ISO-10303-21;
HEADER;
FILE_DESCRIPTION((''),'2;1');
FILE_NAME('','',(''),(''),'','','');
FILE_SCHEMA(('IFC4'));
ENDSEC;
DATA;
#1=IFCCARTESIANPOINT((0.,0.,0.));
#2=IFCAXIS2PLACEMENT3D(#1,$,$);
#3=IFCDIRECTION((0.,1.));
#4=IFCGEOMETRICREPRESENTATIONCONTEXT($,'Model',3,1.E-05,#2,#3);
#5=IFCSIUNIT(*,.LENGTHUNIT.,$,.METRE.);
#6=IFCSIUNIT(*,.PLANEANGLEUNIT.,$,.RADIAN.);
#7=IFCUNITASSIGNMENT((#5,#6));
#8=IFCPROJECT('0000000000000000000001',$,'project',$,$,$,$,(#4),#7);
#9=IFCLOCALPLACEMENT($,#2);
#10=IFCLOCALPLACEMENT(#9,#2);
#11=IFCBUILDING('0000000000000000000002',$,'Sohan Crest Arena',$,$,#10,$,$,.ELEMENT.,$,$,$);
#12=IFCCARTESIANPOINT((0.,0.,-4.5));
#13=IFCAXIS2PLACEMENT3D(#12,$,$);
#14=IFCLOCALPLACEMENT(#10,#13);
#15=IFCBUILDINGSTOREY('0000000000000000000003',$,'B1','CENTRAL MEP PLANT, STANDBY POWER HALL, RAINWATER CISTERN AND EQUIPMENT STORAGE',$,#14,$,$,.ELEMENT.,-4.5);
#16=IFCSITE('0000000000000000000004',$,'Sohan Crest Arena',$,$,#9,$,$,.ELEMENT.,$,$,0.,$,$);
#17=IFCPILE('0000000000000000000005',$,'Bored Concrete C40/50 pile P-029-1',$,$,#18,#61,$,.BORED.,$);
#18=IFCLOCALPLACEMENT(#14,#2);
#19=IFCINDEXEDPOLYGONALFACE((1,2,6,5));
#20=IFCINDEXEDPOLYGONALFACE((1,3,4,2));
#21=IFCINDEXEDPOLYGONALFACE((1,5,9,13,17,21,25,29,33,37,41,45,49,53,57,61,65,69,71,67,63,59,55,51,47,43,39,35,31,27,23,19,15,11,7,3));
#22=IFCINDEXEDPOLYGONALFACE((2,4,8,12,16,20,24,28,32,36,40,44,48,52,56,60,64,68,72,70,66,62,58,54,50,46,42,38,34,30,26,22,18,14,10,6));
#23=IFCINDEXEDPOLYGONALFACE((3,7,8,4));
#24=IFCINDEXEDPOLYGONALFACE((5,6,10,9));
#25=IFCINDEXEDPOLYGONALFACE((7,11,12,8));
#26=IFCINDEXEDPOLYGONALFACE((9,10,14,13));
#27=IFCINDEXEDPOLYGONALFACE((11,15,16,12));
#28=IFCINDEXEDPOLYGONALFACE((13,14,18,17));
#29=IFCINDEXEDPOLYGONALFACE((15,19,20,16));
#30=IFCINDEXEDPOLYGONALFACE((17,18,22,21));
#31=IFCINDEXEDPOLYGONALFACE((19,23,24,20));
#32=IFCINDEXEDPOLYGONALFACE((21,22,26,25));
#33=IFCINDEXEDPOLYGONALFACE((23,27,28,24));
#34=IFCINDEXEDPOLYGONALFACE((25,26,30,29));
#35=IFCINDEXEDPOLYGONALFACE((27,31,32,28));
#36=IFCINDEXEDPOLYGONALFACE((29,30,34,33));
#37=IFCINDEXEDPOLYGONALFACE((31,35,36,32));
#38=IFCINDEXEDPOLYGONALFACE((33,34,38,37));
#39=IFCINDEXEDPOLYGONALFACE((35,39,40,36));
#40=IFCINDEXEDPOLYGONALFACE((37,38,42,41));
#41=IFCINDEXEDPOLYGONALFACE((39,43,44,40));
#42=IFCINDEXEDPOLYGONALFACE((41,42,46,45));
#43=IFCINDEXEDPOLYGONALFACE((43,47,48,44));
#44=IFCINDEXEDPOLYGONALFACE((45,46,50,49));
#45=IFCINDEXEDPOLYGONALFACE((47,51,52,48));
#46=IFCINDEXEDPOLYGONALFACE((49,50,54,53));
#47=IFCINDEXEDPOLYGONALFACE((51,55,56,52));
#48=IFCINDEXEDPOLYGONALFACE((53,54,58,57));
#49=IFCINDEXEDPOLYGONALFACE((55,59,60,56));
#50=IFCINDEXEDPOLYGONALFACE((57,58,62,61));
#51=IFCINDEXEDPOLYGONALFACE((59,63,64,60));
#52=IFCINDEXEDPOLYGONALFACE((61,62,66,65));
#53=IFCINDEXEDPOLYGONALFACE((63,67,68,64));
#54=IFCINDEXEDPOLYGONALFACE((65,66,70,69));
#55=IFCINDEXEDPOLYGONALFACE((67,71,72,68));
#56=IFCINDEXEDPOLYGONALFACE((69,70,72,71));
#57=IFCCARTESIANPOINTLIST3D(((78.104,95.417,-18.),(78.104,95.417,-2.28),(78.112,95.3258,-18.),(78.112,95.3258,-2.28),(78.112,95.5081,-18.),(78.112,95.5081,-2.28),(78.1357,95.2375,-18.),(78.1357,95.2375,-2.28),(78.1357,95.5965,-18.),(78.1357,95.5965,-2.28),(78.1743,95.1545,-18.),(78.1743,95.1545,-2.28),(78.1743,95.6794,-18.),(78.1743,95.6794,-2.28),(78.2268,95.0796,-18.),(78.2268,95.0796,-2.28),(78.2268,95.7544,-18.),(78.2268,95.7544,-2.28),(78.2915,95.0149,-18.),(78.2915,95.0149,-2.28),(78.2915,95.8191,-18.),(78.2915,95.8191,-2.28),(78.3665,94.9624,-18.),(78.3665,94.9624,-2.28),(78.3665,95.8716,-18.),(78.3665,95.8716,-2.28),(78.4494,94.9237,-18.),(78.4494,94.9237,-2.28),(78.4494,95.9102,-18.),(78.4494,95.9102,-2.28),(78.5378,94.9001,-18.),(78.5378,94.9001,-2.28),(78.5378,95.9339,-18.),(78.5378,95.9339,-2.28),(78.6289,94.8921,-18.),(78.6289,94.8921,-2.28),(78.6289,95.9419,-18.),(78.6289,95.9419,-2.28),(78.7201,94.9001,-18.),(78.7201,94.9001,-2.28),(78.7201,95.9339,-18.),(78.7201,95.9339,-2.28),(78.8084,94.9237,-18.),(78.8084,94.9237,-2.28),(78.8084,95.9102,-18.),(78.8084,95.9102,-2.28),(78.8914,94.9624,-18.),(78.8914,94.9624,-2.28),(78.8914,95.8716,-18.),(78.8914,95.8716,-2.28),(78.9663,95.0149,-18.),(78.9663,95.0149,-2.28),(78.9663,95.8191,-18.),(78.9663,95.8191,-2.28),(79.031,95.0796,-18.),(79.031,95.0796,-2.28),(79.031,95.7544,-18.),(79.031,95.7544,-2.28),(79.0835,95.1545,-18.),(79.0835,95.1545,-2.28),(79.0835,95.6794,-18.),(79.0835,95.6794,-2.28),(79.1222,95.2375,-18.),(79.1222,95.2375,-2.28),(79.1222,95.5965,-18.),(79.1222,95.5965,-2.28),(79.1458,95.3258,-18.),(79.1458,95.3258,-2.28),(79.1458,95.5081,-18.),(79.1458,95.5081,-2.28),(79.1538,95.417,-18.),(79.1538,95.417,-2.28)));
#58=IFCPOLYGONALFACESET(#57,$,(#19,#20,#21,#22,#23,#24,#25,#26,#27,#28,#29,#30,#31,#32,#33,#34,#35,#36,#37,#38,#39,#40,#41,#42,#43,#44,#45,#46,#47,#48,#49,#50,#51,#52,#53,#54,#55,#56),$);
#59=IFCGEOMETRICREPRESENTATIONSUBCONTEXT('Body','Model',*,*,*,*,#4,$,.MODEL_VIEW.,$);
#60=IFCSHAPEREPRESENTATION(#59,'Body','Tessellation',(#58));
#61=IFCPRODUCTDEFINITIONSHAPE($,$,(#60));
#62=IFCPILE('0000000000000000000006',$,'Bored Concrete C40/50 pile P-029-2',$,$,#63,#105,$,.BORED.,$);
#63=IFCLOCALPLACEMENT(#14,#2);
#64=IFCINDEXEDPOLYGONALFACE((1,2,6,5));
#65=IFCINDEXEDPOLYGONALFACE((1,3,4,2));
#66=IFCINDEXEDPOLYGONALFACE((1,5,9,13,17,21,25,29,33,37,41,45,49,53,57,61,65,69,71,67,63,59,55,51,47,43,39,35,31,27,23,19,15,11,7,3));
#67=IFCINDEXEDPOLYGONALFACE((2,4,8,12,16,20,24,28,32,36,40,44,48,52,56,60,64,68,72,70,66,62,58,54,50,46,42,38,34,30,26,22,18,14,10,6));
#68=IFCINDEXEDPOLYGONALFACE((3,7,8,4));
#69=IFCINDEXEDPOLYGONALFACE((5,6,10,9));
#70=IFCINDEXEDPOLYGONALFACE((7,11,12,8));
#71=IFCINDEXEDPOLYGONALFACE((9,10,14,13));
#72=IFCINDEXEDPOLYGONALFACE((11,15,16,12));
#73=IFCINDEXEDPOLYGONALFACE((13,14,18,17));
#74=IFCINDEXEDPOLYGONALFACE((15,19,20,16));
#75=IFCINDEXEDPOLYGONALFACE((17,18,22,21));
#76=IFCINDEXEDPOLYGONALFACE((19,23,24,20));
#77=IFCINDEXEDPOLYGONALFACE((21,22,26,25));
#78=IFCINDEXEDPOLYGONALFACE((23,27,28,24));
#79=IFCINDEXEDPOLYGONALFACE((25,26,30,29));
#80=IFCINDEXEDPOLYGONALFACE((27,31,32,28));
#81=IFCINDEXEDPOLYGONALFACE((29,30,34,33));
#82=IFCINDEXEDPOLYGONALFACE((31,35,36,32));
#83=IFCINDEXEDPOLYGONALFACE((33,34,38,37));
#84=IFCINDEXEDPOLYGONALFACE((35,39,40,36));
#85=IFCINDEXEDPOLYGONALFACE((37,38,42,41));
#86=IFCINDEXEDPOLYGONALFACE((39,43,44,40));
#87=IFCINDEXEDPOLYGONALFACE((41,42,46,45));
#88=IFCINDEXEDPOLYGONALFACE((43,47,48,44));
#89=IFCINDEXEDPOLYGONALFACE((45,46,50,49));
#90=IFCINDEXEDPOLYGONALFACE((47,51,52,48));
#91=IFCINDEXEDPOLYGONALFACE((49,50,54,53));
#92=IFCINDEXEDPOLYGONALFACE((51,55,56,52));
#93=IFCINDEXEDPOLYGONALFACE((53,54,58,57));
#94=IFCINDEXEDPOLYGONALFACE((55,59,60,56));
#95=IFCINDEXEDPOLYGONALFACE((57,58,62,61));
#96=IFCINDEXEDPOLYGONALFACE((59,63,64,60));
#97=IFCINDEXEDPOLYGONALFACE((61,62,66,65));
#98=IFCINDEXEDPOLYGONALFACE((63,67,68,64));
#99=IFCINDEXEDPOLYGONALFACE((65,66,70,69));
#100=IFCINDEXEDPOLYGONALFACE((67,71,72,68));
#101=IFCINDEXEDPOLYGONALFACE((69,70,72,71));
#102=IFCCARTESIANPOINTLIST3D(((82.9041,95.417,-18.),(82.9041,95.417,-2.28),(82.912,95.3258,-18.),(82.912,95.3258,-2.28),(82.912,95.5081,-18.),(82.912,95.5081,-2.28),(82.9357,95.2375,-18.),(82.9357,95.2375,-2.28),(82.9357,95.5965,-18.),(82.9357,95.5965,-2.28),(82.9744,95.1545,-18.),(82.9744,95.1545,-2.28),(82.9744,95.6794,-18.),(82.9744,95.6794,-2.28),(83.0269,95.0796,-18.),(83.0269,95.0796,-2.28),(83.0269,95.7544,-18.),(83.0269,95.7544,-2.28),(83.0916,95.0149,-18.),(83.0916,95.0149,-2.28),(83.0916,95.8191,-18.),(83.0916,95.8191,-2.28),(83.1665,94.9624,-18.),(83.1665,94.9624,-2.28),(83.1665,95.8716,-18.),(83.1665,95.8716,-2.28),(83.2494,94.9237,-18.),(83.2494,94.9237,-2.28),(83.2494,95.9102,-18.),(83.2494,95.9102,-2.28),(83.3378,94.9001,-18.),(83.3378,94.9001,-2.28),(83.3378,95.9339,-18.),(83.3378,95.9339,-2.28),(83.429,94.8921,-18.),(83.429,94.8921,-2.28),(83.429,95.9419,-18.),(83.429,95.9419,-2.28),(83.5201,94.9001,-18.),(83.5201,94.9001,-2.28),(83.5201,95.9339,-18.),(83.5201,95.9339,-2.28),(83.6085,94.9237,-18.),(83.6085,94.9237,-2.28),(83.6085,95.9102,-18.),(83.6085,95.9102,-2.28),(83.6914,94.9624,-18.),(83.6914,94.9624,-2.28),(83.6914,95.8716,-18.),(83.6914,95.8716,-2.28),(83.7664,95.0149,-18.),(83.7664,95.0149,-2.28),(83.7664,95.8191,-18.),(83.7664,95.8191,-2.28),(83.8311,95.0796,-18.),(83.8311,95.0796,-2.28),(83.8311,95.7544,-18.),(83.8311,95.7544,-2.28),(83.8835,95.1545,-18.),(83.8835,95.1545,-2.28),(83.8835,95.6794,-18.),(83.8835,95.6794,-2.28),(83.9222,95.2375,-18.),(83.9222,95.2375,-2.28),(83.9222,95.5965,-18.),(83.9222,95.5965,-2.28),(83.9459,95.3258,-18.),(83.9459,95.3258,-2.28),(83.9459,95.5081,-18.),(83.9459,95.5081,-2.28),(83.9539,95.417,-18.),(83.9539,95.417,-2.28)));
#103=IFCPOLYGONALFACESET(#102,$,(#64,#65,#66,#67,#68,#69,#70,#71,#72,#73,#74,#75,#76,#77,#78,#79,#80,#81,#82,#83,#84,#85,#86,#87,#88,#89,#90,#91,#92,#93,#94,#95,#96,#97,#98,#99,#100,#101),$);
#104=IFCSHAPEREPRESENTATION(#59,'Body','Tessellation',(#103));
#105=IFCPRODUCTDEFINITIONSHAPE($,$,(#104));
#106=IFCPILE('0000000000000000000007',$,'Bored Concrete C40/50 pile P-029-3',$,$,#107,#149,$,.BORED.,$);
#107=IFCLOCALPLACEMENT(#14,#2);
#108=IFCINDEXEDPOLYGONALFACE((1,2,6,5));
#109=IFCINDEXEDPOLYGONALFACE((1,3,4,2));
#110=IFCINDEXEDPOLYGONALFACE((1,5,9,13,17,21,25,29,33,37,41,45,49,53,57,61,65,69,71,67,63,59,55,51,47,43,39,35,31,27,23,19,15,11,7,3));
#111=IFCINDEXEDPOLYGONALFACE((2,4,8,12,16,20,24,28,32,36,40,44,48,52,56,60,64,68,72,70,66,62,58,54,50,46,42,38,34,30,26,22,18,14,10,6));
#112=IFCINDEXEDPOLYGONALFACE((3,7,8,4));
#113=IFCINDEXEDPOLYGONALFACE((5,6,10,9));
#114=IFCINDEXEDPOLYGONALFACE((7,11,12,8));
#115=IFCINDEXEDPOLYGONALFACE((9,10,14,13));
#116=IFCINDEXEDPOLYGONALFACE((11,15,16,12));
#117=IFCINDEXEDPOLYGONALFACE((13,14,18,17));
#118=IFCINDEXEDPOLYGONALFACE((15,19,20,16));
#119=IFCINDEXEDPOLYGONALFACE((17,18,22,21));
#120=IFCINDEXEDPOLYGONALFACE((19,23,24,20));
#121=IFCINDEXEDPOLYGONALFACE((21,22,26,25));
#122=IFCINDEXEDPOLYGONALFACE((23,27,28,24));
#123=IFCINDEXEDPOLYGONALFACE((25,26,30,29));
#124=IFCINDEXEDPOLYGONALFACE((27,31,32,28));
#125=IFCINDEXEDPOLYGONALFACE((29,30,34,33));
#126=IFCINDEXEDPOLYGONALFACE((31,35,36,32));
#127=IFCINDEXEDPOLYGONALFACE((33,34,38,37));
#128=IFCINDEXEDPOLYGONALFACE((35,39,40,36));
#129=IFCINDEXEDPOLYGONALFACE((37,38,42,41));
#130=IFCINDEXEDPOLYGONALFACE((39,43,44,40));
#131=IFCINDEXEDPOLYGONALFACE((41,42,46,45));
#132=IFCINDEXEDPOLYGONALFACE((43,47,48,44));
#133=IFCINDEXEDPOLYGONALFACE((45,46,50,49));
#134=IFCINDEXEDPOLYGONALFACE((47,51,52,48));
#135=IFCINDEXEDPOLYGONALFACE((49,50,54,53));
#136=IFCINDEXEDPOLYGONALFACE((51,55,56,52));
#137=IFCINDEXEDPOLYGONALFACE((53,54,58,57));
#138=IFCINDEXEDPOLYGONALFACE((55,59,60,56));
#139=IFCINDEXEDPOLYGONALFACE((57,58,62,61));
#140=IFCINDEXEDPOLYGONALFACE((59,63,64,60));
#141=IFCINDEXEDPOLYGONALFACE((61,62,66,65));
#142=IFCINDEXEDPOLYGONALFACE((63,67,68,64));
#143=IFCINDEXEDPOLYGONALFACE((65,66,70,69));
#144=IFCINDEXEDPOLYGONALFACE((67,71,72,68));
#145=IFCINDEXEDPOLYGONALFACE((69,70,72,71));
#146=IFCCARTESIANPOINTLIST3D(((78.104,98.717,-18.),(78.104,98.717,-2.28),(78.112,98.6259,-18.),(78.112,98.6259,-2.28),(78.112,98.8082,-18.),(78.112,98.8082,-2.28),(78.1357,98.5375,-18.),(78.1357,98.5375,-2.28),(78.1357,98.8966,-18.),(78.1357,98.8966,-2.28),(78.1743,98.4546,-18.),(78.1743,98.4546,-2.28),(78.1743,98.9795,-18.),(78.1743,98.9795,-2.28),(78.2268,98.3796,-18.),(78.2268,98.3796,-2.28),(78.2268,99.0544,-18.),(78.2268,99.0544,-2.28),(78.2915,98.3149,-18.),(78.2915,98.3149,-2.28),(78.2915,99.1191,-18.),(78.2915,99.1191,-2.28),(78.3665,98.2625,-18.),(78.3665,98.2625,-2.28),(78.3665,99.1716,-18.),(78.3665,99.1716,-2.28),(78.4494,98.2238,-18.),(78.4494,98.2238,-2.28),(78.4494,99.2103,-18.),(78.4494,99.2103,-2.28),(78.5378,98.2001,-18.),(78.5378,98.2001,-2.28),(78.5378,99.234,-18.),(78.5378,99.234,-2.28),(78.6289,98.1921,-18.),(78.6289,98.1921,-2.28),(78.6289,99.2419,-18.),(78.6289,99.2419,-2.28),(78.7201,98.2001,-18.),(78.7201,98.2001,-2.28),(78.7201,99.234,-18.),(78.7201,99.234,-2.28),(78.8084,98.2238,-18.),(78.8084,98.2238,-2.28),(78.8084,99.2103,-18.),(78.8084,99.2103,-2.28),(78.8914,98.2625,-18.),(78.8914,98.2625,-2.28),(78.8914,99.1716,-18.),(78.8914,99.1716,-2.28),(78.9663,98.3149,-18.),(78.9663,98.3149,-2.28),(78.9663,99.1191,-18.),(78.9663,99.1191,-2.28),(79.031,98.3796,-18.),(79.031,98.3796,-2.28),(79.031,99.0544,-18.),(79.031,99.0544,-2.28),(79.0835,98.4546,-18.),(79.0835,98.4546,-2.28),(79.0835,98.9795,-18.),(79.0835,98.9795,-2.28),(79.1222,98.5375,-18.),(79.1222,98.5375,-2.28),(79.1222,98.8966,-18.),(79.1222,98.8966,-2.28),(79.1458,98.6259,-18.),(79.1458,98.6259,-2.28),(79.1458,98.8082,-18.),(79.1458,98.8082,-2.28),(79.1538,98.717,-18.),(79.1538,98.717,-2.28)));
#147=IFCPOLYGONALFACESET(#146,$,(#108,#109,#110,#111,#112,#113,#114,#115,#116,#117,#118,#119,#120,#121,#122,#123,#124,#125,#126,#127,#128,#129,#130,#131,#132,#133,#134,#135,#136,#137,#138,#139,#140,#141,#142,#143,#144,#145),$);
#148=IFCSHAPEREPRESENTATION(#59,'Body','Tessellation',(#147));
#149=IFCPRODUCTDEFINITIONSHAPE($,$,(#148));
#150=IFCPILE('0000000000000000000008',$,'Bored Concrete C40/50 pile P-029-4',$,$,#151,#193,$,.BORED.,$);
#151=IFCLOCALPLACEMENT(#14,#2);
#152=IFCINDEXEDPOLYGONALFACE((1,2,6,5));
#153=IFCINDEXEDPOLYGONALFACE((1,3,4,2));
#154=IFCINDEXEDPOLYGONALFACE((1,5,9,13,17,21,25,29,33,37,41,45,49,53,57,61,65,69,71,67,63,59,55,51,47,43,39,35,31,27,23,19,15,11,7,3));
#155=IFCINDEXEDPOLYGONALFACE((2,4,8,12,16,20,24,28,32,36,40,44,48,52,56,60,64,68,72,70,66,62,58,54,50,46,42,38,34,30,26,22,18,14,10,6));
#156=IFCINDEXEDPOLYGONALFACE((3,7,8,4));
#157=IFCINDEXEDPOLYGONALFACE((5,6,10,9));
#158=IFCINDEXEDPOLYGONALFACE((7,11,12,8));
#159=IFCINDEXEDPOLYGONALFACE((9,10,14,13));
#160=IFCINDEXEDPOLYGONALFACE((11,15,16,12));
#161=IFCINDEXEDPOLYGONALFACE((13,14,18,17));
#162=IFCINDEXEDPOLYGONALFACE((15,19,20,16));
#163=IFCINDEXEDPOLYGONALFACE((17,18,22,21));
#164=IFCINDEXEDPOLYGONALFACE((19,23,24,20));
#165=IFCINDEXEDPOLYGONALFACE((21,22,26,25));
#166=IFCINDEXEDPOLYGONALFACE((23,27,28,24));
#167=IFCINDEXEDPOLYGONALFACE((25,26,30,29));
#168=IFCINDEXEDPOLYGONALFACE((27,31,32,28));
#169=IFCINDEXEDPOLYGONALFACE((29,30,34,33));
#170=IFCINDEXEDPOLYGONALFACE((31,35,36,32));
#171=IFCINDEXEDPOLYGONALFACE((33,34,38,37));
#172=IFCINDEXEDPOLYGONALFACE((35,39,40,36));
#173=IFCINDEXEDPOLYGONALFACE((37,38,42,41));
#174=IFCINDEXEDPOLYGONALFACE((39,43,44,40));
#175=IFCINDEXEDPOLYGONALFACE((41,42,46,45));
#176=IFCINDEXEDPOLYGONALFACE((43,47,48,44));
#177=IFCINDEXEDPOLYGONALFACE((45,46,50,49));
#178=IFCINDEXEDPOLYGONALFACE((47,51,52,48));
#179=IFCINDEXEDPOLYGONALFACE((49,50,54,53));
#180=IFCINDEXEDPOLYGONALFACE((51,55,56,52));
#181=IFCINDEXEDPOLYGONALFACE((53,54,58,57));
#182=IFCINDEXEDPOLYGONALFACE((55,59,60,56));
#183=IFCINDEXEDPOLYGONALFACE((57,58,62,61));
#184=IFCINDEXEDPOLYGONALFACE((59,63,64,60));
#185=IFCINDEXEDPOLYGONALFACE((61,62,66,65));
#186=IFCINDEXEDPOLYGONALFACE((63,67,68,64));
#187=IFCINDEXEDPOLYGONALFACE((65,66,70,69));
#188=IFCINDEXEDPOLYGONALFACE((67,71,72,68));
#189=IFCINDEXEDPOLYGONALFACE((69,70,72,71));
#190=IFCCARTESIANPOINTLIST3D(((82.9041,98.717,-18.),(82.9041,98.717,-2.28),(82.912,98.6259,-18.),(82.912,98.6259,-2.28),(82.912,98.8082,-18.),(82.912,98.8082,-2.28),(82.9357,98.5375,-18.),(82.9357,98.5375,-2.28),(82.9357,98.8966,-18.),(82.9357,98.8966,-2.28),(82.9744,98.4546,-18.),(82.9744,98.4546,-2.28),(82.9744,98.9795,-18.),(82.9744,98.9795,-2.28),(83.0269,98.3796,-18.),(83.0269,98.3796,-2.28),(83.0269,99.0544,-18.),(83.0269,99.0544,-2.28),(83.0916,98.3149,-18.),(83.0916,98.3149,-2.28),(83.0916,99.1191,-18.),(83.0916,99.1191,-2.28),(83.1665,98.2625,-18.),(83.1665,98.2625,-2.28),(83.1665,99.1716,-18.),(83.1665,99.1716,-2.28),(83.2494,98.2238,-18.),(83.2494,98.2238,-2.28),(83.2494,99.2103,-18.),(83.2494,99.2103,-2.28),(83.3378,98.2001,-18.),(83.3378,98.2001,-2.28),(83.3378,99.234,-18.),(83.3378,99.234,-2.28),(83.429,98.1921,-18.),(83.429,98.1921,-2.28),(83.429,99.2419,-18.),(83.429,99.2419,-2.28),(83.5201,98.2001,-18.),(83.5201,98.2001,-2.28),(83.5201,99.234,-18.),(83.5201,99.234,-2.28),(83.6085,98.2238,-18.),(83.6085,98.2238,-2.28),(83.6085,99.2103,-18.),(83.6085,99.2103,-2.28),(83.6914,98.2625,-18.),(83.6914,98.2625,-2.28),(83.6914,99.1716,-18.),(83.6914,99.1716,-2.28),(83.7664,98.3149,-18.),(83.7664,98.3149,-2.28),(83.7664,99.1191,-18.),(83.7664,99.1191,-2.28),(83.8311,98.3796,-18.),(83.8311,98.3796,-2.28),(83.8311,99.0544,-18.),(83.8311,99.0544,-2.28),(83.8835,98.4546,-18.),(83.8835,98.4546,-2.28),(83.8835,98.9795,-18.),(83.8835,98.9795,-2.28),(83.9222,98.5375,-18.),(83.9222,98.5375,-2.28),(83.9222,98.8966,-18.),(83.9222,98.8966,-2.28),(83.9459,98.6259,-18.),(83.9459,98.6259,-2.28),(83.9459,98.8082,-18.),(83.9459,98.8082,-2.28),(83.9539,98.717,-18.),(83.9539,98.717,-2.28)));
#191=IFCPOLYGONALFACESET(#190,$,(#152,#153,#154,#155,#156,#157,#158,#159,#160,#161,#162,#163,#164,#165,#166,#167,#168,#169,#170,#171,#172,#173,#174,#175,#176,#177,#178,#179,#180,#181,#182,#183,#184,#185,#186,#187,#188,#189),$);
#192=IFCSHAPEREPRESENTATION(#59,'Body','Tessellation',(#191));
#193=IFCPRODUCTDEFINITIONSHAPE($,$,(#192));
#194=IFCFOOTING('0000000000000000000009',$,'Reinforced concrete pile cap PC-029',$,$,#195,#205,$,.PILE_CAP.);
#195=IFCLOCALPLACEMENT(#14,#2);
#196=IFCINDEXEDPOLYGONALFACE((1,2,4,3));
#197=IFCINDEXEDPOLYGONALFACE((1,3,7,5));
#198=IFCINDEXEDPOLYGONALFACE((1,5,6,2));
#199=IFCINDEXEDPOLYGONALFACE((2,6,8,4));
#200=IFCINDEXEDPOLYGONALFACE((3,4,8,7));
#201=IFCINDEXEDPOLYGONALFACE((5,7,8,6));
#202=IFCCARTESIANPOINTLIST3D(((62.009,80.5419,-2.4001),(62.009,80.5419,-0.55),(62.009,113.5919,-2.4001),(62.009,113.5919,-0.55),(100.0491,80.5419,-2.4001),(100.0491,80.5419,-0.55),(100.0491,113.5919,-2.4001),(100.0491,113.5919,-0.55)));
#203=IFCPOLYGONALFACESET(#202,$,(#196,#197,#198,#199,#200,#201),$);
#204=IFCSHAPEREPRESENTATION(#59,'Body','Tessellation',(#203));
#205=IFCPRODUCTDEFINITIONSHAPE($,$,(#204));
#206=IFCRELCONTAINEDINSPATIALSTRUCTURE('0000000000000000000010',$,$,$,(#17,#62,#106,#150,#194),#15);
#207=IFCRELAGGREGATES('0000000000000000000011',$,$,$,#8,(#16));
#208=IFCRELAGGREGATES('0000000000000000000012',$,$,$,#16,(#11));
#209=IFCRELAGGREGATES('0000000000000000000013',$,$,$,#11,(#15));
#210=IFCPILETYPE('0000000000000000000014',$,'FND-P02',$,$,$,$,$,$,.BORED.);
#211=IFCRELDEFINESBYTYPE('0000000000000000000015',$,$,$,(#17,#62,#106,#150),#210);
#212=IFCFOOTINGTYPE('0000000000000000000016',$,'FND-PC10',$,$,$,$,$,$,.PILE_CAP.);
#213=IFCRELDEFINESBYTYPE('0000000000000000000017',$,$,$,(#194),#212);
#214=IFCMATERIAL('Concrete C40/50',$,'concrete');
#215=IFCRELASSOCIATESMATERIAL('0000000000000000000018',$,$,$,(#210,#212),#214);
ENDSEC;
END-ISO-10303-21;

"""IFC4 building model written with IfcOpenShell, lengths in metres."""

from ifc_helpers import new_model, si_unit, direction, frame, origin, origin_2d, place, context, subcontext, project, spatial, rectangle, circle, extrude, material, material_profile, profile_set, type_object, element, save


model = new_model("IFC4")

# Units and contexts
model_context = context("Model", 3, precision=1e-05, world=origin(), true_north=direction((0.0, 1.0)))
body_context = subcontext(model_context, "Body", "Model", "MODEL_VIEW")
ifc_project = project(units=[si_unit("LENGTHUNIT", "METRE"), si_unit("PLANEANGLEUNIT", "RADIAN")], contexts=[model_context])

# Site, building, storey
site_placement = place(None, origin())
site = spatial("IfcSite", under=ifc_project, at=site_placement, Name="Sohan Crest Arena", CompositionType="ELEMENT", RefElevation=0.0)
building_placement = place(site_placement, origin())
building = spatial("IfcBuilding", under=site, at=building_placement, Name="Sohan Crest Arena", CompositionType="ELEMENT")
storey_placement = place(building_placement, frame((0.0, 0.0, -4.5)))
storey = spatial("IfcBuildingStorey", under=building, at=storey_placement, Name="B1", Description="CENTRAL MEP PLANT, STANDBY POWER HALL, RAINWATER CISTERN AND EQUIPMENT STORAGE", CompositionType="ELEMENT", Elevation=-4.5)

# Piles
ifc_material_1 = material(Name="Concrete C40/50", Category="concrete")
ifc_material_profile_1 = material_profile(ifc_material_1, circle(Radius=0.5249, at=origin_2d()), Name="PILE D1050")
ifc_profile_set_1 = profile_set([ifc_material_profile_1], Name="Concrete C40/50")
pile_type = type_object("IfcPileType", Name="FND-P02", PredefinedType="BORED", material=ifc_profile_set_1)
for number, where, z_axis, x_axis, name in (
    (1, (78.6289, 95.417, -18.0), (0.0, 0.0, 1.0), (1.0, 0.0, 0.0), "Bored Concrete C40/50 pile P-029-1"),
    (2, (83.429, 95.417, -18.0), (0.0, 0.0, 1.0), (1.0, 0.0, 0.0), "Bored Concrete C40/50 pile P-029-2"),
    (3, (78.6289, 98.717, -18.0), (0.0, 0.0, 1.0), (1.0, 0.0, 0.0), "Bored Concrete C40/50 pile P-029-3"),
    (4, (83.429, 98.717, -18.0), (0.0, 0.0, 1.0), (1.0, 0.0, 0.0), "Bored Concrete C40/50 pile P-029-4"),
):
    element("IfcPile", number, at=place(storey_placement, frame(where, z_axis=z_axis, x_axis=x_axis)), inside=storey, type_object=pile_type, Name=name, PredefinedType="BORED", context=body_context, shape_type="SweptSolid", body=[
        extrude(circle(Radius=0.5249, at=origin_2d()), origin(), (0.0, 0.0, 1.0), 15.72),
    ])

# Footing
footing_type = type_object("IfcFootingType", Name="FND-PC10", PredefinedType="PILE_CAP", material=ifc_material_1)
footing_placement = place(storey_placement, frame((81.0291, 97.0669, -2.4001), z_axis=(0.0, 0.0, 1.0), x_axis=(1.0, 0.0, 0.0)))
element("IfcFooting", 5, at=footing_placement, inside=storey, type_object=footing_type, Name="Reinforced concrete pile cap PC-029", PredefinedType="PILE_CAP", context=body_context, shape_type="SweptSolid", body=[
    extrude(rectangle(XDim=38.04, YDim=33.05, at=origin_2d()), origin(), (0.0, 0.0, 1.0), 1.8501),
])

save(model, "model.ifc")
